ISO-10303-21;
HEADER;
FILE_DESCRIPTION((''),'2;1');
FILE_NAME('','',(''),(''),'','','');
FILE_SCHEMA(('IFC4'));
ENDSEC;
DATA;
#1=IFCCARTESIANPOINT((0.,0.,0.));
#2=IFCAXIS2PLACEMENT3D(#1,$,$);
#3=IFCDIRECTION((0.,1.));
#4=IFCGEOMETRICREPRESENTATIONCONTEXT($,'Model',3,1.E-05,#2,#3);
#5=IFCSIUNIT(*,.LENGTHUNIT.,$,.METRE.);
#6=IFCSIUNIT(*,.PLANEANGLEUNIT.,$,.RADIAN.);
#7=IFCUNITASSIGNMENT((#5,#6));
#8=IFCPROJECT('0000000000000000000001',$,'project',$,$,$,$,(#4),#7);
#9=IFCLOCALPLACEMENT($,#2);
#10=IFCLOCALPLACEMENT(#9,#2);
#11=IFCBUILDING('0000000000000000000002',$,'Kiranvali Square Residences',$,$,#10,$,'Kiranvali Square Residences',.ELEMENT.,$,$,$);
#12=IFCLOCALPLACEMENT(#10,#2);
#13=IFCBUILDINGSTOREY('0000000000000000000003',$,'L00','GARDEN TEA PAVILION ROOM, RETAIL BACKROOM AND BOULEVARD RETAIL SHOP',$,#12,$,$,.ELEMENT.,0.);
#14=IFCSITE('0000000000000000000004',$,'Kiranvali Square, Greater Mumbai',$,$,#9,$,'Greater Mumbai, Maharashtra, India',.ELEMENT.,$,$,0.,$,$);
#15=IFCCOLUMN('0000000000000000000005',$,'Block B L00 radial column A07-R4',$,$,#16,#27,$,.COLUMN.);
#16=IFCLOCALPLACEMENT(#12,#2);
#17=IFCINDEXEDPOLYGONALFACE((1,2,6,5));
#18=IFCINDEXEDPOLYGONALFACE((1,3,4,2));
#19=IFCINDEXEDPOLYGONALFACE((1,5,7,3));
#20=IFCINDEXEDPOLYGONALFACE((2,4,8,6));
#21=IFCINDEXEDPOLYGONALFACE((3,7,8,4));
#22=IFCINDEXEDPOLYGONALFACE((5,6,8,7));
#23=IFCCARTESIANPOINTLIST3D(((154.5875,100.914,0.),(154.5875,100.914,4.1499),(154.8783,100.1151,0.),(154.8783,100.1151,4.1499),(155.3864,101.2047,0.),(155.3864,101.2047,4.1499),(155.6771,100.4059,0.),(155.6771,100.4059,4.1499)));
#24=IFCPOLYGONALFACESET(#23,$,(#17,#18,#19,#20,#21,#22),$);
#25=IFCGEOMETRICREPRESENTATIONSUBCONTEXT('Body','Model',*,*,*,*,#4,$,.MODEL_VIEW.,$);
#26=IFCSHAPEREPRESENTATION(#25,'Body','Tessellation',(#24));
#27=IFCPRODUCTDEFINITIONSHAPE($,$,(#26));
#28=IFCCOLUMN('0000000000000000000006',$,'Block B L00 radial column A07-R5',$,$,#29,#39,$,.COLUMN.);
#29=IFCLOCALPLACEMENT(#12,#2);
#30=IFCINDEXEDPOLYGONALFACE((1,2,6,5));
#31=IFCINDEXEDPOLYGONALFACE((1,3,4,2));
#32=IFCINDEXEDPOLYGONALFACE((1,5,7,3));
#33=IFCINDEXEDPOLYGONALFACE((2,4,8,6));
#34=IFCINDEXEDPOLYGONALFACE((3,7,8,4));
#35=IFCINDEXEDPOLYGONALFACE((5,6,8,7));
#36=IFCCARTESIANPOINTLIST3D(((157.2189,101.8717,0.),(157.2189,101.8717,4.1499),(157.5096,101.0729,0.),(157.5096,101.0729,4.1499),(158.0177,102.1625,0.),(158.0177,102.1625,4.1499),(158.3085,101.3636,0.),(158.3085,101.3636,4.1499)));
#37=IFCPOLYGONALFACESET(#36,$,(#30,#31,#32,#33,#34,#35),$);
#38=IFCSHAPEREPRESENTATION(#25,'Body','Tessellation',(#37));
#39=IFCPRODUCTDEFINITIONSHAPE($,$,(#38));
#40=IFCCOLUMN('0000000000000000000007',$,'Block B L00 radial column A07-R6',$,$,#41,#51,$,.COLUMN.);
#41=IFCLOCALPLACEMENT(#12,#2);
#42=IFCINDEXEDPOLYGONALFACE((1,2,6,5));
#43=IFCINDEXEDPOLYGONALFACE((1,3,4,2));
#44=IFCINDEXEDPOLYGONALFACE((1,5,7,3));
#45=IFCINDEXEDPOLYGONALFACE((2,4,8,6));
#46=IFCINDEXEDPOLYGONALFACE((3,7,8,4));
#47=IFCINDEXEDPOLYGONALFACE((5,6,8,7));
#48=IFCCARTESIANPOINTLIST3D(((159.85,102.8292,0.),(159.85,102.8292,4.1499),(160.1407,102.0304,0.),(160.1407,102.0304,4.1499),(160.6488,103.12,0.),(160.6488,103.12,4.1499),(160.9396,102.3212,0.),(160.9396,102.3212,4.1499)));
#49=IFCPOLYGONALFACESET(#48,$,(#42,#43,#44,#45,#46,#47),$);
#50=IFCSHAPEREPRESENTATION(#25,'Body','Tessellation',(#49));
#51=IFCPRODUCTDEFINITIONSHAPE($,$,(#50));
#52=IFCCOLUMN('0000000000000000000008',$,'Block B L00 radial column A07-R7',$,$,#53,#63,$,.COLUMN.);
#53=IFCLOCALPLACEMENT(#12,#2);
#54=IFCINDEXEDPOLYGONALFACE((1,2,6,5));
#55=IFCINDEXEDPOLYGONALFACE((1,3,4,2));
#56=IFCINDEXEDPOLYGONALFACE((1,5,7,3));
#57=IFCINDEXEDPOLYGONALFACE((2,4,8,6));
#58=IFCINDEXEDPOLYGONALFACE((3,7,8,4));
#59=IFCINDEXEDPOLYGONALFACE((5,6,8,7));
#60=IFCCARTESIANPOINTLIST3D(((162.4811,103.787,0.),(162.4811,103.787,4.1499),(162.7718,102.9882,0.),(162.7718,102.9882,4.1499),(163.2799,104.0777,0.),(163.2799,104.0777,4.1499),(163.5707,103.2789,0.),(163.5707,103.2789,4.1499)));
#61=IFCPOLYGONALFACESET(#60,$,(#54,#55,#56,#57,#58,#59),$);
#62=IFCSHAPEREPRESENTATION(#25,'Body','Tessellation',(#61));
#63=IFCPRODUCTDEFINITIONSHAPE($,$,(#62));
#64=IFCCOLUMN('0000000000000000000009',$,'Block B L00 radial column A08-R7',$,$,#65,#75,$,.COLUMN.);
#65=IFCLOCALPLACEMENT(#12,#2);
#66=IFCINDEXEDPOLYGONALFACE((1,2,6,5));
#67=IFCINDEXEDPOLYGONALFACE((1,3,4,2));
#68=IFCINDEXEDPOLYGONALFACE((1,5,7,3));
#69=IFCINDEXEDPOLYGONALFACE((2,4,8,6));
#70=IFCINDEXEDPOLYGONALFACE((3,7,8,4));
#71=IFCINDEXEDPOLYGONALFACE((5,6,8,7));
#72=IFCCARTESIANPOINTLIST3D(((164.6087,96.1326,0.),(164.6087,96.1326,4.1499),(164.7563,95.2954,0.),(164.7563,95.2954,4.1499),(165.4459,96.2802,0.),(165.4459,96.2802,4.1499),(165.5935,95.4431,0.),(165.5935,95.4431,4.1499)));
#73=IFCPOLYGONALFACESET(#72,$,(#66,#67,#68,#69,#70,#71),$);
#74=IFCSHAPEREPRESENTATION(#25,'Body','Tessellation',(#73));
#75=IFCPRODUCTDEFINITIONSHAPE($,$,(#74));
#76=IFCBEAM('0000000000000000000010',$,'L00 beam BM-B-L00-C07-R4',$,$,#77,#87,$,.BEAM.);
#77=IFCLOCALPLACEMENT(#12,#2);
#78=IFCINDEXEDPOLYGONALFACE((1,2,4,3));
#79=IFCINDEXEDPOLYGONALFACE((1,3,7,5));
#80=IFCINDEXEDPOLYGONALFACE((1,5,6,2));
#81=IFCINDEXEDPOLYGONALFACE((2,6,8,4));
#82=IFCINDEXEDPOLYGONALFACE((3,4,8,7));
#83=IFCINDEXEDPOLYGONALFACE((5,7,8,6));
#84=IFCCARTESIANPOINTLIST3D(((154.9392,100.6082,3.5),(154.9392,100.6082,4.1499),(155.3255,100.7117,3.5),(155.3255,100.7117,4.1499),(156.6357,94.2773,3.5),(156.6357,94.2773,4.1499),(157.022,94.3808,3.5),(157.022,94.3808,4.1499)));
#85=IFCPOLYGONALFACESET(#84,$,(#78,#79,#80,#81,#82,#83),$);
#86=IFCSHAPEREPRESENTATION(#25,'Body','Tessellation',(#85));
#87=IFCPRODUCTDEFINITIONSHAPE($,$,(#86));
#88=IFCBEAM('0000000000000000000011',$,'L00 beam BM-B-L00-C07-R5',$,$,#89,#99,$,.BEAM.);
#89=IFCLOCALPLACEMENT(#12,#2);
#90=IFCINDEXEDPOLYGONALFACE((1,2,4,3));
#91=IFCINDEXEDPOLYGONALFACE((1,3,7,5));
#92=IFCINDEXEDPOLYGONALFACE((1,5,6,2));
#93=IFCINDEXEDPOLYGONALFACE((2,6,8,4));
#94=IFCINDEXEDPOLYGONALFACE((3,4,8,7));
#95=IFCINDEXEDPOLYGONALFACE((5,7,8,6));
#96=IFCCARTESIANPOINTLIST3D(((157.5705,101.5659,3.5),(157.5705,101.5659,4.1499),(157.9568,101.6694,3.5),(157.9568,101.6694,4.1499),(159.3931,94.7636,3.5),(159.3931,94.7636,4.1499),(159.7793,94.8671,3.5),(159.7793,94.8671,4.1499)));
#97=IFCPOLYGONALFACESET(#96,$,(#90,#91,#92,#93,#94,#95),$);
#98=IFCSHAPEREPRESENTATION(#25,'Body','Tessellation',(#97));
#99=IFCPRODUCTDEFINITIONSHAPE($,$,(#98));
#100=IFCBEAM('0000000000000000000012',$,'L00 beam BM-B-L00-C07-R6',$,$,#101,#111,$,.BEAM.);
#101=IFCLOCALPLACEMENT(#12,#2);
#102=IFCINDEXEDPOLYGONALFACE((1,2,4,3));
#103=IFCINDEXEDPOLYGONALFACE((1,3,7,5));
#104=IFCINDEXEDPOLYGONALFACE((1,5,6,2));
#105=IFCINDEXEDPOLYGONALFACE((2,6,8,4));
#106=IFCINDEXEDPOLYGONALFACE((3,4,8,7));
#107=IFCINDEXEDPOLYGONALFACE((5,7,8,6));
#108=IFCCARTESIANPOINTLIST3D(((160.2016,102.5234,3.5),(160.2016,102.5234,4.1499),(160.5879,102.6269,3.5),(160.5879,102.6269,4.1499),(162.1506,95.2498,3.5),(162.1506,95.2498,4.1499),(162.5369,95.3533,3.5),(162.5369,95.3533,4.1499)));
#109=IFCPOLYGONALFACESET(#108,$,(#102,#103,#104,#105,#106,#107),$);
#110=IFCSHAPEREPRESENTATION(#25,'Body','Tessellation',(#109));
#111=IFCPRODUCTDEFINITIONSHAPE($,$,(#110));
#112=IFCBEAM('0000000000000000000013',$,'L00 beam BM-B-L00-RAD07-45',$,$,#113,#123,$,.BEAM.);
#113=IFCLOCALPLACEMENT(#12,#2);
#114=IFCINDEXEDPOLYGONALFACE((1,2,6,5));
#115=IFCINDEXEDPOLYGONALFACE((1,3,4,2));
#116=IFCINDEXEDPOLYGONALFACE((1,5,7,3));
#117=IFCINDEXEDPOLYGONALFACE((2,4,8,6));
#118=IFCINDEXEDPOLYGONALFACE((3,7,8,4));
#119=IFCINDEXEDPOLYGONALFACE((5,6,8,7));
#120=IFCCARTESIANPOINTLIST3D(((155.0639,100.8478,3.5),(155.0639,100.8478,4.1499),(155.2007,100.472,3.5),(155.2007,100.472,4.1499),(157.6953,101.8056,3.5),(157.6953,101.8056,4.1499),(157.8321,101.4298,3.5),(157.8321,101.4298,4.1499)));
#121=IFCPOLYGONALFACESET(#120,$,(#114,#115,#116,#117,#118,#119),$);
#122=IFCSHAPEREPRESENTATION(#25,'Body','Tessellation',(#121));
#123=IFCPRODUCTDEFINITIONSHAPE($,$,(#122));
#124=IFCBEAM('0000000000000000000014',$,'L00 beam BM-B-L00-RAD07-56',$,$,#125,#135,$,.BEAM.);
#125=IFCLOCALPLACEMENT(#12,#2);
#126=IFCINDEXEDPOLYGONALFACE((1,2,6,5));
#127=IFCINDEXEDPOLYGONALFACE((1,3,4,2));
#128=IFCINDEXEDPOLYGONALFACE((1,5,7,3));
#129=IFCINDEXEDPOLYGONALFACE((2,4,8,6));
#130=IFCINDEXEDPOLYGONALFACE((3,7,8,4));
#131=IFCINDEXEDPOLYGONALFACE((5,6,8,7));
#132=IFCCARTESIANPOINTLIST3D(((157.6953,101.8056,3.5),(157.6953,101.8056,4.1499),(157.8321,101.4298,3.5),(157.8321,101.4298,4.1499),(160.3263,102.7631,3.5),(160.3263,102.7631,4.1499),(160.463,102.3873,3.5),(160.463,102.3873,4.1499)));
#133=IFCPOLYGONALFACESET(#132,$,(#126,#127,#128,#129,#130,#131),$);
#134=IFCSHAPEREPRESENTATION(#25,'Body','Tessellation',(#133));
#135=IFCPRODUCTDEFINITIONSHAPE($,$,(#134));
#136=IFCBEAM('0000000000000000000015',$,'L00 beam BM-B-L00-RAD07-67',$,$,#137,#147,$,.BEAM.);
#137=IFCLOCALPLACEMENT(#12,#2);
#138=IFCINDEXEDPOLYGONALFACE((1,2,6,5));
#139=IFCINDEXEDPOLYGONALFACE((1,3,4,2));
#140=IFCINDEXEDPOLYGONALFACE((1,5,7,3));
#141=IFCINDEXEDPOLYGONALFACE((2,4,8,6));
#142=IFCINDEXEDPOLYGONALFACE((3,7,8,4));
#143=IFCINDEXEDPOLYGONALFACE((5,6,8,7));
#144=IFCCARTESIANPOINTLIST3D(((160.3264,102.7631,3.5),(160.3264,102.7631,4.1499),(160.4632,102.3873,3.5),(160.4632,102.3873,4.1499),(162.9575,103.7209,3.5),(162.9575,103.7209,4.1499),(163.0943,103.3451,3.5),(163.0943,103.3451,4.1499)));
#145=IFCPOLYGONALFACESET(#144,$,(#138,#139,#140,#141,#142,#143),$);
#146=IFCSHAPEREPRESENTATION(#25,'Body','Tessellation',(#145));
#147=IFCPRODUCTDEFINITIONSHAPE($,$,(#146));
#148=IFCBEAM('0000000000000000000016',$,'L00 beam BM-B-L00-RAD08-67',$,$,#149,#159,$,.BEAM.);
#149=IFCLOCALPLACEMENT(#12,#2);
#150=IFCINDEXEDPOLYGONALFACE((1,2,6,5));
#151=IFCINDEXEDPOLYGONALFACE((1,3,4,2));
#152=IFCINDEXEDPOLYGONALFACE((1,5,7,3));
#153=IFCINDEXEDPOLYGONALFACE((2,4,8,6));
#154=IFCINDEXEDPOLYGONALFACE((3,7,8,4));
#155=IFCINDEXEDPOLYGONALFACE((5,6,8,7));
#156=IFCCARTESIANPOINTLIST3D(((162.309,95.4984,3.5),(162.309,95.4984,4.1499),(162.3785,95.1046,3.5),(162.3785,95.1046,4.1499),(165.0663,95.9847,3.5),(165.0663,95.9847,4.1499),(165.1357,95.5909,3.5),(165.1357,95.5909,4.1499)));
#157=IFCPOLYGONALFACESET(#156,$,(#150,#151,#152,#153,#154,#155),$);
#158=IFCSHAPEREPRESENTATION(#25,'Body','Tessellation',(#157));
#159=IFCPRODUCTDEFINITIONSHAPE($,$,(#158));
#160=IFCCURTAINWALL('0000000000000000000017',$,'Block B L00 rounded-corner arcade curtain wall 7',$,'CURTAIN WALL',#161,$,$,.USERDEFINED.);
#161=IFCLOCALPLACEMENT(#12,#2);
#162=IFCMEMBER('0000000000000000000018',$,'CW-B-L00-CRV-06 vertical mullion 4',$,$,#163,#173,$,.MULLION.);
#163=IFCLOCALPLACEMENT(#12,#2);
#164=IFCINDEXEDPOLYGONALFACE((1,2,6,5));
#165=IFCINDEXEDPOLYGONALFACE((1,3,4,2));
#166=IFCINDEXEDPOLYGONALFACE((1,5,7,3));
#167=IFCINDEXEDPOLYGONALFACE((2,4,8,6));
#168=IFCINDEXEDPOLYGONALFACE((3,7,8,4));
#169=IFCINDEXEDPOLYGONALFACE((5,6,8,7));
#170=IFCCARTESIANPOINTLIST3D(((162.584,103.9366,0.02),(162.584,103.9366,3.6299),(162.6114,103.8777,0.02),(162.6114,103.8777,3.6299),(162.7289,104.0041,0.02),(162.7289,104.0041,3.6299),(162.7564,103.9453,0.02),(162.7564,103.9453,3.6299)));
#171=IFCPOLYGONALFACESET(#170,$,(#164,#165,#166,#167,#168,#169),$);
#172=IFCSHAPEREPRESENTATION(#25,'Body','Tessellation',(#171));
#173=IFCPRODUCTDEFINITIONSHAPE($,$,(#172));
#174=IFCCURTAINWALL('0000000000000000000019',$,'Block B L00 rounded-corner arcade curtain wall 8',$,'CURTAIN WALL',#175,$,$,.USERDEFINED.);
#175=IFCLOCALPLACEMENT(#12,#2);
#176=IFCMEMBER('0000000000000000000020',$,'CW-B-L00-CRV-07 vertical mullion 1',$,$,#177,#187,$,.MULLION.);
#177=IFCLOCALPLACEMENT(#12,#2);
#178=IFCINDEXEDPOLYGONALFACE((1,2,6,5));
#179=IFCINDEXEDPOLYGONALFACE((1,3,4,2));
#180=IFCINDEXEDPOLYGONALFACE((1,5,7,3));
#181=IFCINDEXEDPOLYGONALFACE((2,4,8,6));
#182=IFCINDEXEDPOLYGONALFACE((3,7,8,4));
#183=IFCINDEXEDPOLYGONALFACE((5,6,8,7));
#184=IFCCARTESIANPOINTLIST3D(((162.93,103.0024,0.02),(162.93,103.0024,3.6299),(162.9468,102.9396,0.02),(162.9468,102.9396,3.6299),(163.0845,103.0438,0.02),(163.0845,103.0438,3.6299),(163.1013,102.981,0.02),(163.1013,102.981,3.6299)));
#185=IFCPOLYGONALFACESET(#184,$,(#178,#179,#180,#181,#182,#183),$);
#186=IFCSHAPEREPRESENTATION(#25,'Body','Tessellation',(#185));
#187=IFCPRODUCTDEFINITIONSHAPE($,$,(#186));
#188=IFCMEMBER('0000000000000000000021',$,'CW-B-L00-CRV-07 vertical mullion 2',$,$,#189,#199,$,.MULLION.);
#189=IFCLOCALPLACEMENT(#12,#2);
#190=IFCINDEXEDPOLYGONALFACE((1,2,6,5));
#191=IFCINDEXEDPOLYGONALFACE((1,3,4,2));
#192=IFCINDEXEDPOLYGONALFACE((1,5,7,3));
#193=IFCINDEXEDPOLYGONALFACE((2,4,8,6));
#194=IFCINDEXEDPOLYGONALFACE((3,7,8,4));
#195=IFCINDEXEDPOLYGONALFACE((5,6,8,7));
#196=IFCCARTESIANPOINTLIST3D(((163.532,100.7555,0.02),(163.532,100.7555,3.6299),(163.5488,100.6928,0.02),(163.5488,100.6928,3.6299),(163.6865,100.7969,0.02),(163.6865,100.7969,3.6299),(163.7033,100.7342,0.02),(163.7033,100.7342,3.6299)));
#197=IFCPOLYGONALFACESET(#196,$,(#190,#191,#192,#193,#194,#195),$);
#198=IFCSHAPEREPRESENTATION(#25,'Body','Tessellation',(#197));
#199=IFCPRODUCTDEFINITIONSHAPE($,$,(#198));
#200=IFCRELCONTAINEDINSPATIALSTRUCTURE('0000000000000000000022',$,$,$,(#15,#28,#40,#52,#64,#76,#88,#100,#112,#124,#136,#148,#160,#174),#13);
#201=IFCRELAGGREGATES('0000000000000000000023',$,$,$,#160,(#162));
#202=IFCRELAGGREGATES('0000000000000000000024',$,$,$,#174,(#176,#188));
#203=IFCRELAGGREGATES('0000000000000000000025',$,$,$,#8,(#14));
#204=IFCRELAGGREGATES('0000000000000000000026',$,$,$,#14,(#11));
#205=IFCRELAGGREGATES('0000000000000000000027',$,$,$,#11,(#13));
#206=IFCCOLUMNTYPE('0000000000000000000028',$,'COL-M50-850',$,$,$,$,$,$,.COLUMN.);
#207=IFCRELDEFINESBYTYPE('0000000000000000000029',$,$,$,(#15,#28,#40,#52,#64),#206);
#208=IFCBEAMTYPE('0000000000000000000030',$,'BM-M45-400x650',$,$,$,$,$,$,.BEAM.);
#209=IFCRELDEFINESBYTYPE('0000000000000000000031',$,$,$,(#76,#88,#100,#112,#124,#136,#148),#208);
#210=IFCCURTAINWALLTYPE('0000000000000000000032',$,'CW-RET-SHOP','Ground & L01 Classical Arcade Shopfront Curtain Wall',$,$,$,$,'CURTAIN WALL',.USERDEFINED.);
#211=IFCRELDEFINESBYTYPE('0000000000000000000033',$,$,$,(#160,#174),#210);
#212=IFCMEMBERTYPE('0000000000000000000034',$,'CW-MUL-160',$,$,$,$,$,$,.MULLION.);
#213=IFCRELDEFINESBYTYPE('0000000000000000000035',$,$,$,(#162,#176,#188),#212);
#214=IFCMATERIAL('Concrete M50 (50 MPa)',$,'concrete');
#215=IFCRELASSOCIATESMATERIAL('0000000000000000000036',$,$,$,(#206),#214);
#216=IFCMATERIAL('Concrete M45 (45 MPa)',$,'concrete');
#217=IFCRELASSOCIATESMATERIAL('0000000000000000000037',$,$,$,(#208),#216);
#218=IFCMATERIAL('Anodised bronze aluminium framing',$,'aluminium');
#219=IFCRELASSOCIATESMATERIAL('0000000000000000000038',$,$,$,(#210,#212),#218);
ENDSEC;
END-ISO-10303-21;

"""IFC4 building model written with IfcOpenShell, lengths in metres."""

from ifc_helpers import new_model, si_unit, direction, frame, origin, origin_2d, place, context, subcontext, project, spatial, rectangle, extrude, material, material_profile, profile_set, type_object, element, aggregate, save


model = new_model("IFC4")

# Units and contexts
model_context = context("Model", 3, precision=1e-05, world=origin(), true_north=direction((0.0, 1.0)))
body_context = subcontext(model_context, "Body", "Model", "MODEL_VIEW")
ifc_project = project(units=[si_unit("LENGTHUNIT", "METRE"), si_unit("PLANEANGLEUNIT", "RADIAN")], contexts=[model_context])

# Site, building, storey
site_placement = place(None, origin())
site = spatial("IfcSite", under=ifc_project, at=site_placement, Name="Kiranvali Square, Greater Mumbai", LongName="Greater Mumbai, Maharashtra, India", CompositionType="ELEMENT", RefElevation=0.0)
building_placement = place(site_placement, origin())
building = spatial("IfcBuilding", under=site, at=building_placement, Name="Kiranvali Square Residences", LongName="Kiranvali Square Residences", CompositionType="ELEMENT")
storey_placement = place(building_placement, origin())
storey = spatial("IfcBuildingStorey", under=building, at=storey_placement, Name="L00", Description="GARDEN TEA PAVILION ROOM, RETAIL BACKROOM AND BOULEVARD RETAIL SHOP", CompositionType="ELEMENT", Elevation=0.0)

# Columns
ifc_material_1 = material(Name="Concrete M50 (50 MPa)", Category="concrete")
ifc_material_profile_1 = material_profile(ifc_material_1, rectangle(XDim=0.8501, YDim=0.8501, at=origin_2d()), Name="RC 850x850")
ifc_profile_set_1 = profile_set([ifc_material_profile_1], Name="Concrete M50 (50 MPa)")
column_type = type_object("IfcColumnType", Name="COL-M50-850", PredefinedType="COLUMN", material=ifc_profile_set_1)
for number, where, z_axis, x_axis, name in (
    (1, (155.1323, 100.6599, 0.0), (0.0, 0.0, 1.0), (-0.34202, 0.939693, 0.0), "Block B L00 radial column A07-R4"),
    (2, (157.7637, 101.6177, 0.0), (0.0, 0.0, 1.0), (-0.34202, 0.939693, 0.0), "Block B L00 radial column A07-R5"),
    (3, (160.3948, 102.5752, 0.0), (0.0, 0.0, 1.0), (-0.34202, 0.939693, 0.0), "Block B L00 radial column A07-R6"),
    (4, (163.0259, 103.533, 0.0), (0.0, 0.0, 1.0), (-0.34202, 0.939693, 0.0), "Block B L00 radial column A07-R7"),
    (5, (165.1011, 95.7878, 0.0), (0.0, 0.0, 1.0), (-0.173648, 0.984808, 0.0), "Block B L00 radial column A08-R7"),
):
    element("IfcColumn", number, at=place(storey_placement, frame(where, z_axis=z_axis, x_axis=x_axis)), inside=storey, type_object=column_type, Name=name, PredefinedType="COLUMN", context=body_context, shape_type="SweptSolid", body=[
        extrude(rectangle(XDim=0.8501, YDim=0.8501, at=origin_2d()), origin(), (0.0, 0.0, 1.0), 4.1499),
    ])

# Beams
ifc_material_2 = material(Name="Concrete M45 (45 MPa)", Category="concrete")
ifc_material_profile_2 = material_profile(ifc_material_2, rectangle(XDim=0.3999, YDim=0.6499, at=origin_2d()), Name="RC 400x650")
ifc_profile_set_2 = profile_set([ifc_material_profile_2], Name="Concrete M45 (45 MPa)")
beam_type_1 = type_object("IfcBeamType", Name="BM-M45-400x650", PredefinedType="BEAM", material=ifc_profile_set_2)
beam_1_placement = place(storey_placement, frame((155.1323, 100.6599, 3.825), z_axis=(0.258847, -0.965918, 0.0), x_axis=(0.965918, 0.258847, 0.0)))
element("IfcBeam", 6, at=beam_1_placement, inside=storey, type_object=beam_type_1, Name="L00 beam BM-B-L00-C07-R4", PredefinedType="BEAM", context=body_context, shape_type="SweptSolid", body=[
    extrude(rectangle(XDim=0.3999, YDim=0.6499, at=origin_2d()), origin(), (0.0, 0.0, 1.0), 6.5542),
])
beam_2_placement = place(storey_placement, frame((157.7637, 101.6177, 3.825), z_axis=(0.2588, -0.965931, 0.0), x_axis=(0.965931, 0.2588, 0.0)))
element("IfcBeam", 7, at=beam_2_placement, inside=storey, type_object=beam_type_1, Name="L00 beam BM-B-L00-C07-R5", PredefinedType="BEAM", context=body_context, shape_type="SweptSolid", body=[
    extrude(rectangle(XDim=0.3999, YDim=0.6499, at=origin_2d()), origin(), (0.0, 0.0, 1.0), 7.0422),
])
beam_3_placement = place(storey_placement, frame((160.3948, 102.5752, 3.825), z_axis=(0.258819, -0.965926, 0.0), x_axis=(0.965926, 0.258819, 0.0)))
element("IfcBeam", 8, at=beam_3_placement, inside=storey, type_object=beam_type_1, Name="L00 beam BM-B-L00-C07-R6", PredefinedType="BEAM", context=body_context, shape_type="SweptSolid", body=[
    extrude(rectangle(XDim=0.3999, YDim=0.6499, at=origin_2d()), origin(), (0.0, 0.0, 1.0), 7.5303),
])
beam_4_placement = place(storey_placement, frame((155.1323, 100.6599, 3.825), z_axis=(0.939689, 0.34203, 0.0), x_axis=(-0.34203, 0.939689, 0.0)))
element("IfcBeam", 9, at=beam_4_placement, inside=storey, type_object=beam_type_1, Name="L00 beam BM-B-L00-RAD07-45", PredefinedType="BEAM", context=body_context, shape_type="SweptSolid", body=[
    extrude(rectangle(XDim=0.3999, YDim=0.6499, at=origin_2d()), origin(), (0.0, 0.0, 1.0), 2.8003),
])
beam_5_placement = place(storey_placement, frame((157.7637, 101.6177, 3.825), z_axis=(0.939707, 0.341981, 0.0), x_axis=(-0.341981, 0.939707, 0.0)))
element("IfcBeam", 10, at=beam_5_placement, inside=storey, type_object=beam_type_1, Name="L00 beam BM-B-L00-RAD07-56", PredefinedType="BEAM", context=body_context, shape_type="SweptSolid", body=[
    extrude(rectangle(XDim=0.3999, YDim=0.6499, at=origin_2d()), origin(), (0.0, 0.0, 1.0), 2.7998),
])
beam_6_placement = place(storey_placement, frame((160.3948, 102.5752, 3.825), z_axis=(0.939679, 0.342058, 0.0), x_axis=(-0.342058, 0.939679, 0.0)))
element("IfcBeam", 11, at=beam_6_placement, inside=storey, type_object=beam_type_1, Name="L00 beam BM-B-L00-RAD07-67", PredefinedType="BEAM", context=body_context, shape_type="SweptSolid", body=[
    extrude(rectangle(XDim=0.3999, YDim=0.6499, at=origin_2d()), origin(), (0.0, 0.0, 1.0), 2.8),
])
beam_7_placement = place(storey_placement, frame((162.3438, 95.3015, 3.825), z_axis=(0.984799, 0.173696, 0.0), x_axis=(-0.173696, 0.984799, 0.0)))
element("IfcBeam", 12, at=beam_7_placement, inside=storey, type_object=beam_type_1, Name="L00 beam BM-B-L00-RAD08-67", PredefinedType="BEAM", context=body_context, shape_type="SweptSolid", body=[
    extrude(rectangle(XDim=0.3999, YDim=0.6499, at=origin_2d()), origin(), (0.0, 0.0, 1.0), 2.7998),
])

# Curtain wall, member
ifc_material_3 = material(Name="Anodised bronze aluminium framing", Category="aluminium")
curtain_wall_type = type_object("IfcCurtainWallType", Name="CW-RET-SHOP", Description="Ground & L01 Classical Arcade Shopfront Curtain Wall", ElementType="CURTAIN WALL", PredefinedType="USERDEFINED", material=ifc_material_3)
curtain_wall_1_placement = place(storey_placement, origin())
curtain_wall_1 = element("IfcCurtainWall", 13, at=curtain_wall_1_placement, inside=storey, type_object=curtain_wall_type, Name="Block B L00 rounded-corner arcade curtain wall 7", ObjectType="CURTAIN WALL", PredefinedType="USERDEFINED")
ifc_material_profile_3 = material_profile(ifc_material_3, rectangle(XDim=0.0649, YDim=0.1599, at=origin_2d()), Name="ALU 65x160")
ifc_profile_set_3 = profile_set([ifc_material_profile_3], Name="Anodised bronze aluminium framing")
member_type_1 = type_object("IfcMemberType", Name="CW-MUL-160", PredefinedType="MULLION", material=ifc_profile_set_3)
member_1_placement = place(storey_placement, frame((162.6702, 103.9409, 0.02), z_axis=(0.0, 0.0, 1.0), x_axis=(0.422618, -0.906308, 0.0)))
member_1 = element("IfcMember", 14, at=member_1_placement, type_object=member_type_1, Name="CW-B-L00-CRV-06 vertical mullion 4", PredefinedType="MULLION", context=body_context, shape_type="SweptSolid", body=[
    extrude(rectangle(XDim=0.0649, YDim=0.1599, at=origin_2d()), origin(), (0.0, 0.0, 1.0), 3.6099),
])

# Curtain wall, members
curtain_wall_2_placement = place(storey_placement, origin())
curtain_wall_2 = element("IfcCurtainWall", 15, at=curtain_wall_2_placement, inside=storey, type_object=curtain_wall_type, Name="Block B L00 rounded-corner arcade curtain wall 8", ObjectType="CURTAIN WALL", PredefinedType="USERDEFINED")
member_2_placement = place(storey_placement, frame((163.0156, 102.9917, 0.02), z_axis=(0.0, 0.0, 1.0), x_axis=(0.258819, -0.965926, 0.0)))
member_2 = element("IfcMember", 16, at=member_2_placement, type_object=member_type_1, Name="CW-B-L00-CRV-07 vertical mullion 1", PredefinedType="MULLION", context=body_context, shape_type="SweptSolid", body=[
    extrude(rectangle(XDim=0.0649, YDim=0.1599, at=origin_2d()), origin(), (0.0, 0.0, 1.0), 3.6099),
])
member_3_placement = place(storey_placement, frame((163.6177, 100.7449, 0.02), z_axis=(0.0, 0.0, 1.0), x_axis=(0.258819, -0.965926, 0.0)))
member_3 = element("IfcMember", 17, at=member_3_placement, type_object=member_type_1, Name="CW-B-L00-CRV-07 vertical mullion 2", PredefinedType="MULLION", context=body_context, shape_type="SweptSolid", body=[
    extrude(rectangle(XDim=0.0649, YDim=0.1599, at=origin_2d()), origin(), (0.0, 0.0, 1.0), 3.6099),
])

aggregate(curtain_wall_1, [member_1])
aggregate(curtain_wall_2, [member_2, member_3])

save(model, "model.ifc")
